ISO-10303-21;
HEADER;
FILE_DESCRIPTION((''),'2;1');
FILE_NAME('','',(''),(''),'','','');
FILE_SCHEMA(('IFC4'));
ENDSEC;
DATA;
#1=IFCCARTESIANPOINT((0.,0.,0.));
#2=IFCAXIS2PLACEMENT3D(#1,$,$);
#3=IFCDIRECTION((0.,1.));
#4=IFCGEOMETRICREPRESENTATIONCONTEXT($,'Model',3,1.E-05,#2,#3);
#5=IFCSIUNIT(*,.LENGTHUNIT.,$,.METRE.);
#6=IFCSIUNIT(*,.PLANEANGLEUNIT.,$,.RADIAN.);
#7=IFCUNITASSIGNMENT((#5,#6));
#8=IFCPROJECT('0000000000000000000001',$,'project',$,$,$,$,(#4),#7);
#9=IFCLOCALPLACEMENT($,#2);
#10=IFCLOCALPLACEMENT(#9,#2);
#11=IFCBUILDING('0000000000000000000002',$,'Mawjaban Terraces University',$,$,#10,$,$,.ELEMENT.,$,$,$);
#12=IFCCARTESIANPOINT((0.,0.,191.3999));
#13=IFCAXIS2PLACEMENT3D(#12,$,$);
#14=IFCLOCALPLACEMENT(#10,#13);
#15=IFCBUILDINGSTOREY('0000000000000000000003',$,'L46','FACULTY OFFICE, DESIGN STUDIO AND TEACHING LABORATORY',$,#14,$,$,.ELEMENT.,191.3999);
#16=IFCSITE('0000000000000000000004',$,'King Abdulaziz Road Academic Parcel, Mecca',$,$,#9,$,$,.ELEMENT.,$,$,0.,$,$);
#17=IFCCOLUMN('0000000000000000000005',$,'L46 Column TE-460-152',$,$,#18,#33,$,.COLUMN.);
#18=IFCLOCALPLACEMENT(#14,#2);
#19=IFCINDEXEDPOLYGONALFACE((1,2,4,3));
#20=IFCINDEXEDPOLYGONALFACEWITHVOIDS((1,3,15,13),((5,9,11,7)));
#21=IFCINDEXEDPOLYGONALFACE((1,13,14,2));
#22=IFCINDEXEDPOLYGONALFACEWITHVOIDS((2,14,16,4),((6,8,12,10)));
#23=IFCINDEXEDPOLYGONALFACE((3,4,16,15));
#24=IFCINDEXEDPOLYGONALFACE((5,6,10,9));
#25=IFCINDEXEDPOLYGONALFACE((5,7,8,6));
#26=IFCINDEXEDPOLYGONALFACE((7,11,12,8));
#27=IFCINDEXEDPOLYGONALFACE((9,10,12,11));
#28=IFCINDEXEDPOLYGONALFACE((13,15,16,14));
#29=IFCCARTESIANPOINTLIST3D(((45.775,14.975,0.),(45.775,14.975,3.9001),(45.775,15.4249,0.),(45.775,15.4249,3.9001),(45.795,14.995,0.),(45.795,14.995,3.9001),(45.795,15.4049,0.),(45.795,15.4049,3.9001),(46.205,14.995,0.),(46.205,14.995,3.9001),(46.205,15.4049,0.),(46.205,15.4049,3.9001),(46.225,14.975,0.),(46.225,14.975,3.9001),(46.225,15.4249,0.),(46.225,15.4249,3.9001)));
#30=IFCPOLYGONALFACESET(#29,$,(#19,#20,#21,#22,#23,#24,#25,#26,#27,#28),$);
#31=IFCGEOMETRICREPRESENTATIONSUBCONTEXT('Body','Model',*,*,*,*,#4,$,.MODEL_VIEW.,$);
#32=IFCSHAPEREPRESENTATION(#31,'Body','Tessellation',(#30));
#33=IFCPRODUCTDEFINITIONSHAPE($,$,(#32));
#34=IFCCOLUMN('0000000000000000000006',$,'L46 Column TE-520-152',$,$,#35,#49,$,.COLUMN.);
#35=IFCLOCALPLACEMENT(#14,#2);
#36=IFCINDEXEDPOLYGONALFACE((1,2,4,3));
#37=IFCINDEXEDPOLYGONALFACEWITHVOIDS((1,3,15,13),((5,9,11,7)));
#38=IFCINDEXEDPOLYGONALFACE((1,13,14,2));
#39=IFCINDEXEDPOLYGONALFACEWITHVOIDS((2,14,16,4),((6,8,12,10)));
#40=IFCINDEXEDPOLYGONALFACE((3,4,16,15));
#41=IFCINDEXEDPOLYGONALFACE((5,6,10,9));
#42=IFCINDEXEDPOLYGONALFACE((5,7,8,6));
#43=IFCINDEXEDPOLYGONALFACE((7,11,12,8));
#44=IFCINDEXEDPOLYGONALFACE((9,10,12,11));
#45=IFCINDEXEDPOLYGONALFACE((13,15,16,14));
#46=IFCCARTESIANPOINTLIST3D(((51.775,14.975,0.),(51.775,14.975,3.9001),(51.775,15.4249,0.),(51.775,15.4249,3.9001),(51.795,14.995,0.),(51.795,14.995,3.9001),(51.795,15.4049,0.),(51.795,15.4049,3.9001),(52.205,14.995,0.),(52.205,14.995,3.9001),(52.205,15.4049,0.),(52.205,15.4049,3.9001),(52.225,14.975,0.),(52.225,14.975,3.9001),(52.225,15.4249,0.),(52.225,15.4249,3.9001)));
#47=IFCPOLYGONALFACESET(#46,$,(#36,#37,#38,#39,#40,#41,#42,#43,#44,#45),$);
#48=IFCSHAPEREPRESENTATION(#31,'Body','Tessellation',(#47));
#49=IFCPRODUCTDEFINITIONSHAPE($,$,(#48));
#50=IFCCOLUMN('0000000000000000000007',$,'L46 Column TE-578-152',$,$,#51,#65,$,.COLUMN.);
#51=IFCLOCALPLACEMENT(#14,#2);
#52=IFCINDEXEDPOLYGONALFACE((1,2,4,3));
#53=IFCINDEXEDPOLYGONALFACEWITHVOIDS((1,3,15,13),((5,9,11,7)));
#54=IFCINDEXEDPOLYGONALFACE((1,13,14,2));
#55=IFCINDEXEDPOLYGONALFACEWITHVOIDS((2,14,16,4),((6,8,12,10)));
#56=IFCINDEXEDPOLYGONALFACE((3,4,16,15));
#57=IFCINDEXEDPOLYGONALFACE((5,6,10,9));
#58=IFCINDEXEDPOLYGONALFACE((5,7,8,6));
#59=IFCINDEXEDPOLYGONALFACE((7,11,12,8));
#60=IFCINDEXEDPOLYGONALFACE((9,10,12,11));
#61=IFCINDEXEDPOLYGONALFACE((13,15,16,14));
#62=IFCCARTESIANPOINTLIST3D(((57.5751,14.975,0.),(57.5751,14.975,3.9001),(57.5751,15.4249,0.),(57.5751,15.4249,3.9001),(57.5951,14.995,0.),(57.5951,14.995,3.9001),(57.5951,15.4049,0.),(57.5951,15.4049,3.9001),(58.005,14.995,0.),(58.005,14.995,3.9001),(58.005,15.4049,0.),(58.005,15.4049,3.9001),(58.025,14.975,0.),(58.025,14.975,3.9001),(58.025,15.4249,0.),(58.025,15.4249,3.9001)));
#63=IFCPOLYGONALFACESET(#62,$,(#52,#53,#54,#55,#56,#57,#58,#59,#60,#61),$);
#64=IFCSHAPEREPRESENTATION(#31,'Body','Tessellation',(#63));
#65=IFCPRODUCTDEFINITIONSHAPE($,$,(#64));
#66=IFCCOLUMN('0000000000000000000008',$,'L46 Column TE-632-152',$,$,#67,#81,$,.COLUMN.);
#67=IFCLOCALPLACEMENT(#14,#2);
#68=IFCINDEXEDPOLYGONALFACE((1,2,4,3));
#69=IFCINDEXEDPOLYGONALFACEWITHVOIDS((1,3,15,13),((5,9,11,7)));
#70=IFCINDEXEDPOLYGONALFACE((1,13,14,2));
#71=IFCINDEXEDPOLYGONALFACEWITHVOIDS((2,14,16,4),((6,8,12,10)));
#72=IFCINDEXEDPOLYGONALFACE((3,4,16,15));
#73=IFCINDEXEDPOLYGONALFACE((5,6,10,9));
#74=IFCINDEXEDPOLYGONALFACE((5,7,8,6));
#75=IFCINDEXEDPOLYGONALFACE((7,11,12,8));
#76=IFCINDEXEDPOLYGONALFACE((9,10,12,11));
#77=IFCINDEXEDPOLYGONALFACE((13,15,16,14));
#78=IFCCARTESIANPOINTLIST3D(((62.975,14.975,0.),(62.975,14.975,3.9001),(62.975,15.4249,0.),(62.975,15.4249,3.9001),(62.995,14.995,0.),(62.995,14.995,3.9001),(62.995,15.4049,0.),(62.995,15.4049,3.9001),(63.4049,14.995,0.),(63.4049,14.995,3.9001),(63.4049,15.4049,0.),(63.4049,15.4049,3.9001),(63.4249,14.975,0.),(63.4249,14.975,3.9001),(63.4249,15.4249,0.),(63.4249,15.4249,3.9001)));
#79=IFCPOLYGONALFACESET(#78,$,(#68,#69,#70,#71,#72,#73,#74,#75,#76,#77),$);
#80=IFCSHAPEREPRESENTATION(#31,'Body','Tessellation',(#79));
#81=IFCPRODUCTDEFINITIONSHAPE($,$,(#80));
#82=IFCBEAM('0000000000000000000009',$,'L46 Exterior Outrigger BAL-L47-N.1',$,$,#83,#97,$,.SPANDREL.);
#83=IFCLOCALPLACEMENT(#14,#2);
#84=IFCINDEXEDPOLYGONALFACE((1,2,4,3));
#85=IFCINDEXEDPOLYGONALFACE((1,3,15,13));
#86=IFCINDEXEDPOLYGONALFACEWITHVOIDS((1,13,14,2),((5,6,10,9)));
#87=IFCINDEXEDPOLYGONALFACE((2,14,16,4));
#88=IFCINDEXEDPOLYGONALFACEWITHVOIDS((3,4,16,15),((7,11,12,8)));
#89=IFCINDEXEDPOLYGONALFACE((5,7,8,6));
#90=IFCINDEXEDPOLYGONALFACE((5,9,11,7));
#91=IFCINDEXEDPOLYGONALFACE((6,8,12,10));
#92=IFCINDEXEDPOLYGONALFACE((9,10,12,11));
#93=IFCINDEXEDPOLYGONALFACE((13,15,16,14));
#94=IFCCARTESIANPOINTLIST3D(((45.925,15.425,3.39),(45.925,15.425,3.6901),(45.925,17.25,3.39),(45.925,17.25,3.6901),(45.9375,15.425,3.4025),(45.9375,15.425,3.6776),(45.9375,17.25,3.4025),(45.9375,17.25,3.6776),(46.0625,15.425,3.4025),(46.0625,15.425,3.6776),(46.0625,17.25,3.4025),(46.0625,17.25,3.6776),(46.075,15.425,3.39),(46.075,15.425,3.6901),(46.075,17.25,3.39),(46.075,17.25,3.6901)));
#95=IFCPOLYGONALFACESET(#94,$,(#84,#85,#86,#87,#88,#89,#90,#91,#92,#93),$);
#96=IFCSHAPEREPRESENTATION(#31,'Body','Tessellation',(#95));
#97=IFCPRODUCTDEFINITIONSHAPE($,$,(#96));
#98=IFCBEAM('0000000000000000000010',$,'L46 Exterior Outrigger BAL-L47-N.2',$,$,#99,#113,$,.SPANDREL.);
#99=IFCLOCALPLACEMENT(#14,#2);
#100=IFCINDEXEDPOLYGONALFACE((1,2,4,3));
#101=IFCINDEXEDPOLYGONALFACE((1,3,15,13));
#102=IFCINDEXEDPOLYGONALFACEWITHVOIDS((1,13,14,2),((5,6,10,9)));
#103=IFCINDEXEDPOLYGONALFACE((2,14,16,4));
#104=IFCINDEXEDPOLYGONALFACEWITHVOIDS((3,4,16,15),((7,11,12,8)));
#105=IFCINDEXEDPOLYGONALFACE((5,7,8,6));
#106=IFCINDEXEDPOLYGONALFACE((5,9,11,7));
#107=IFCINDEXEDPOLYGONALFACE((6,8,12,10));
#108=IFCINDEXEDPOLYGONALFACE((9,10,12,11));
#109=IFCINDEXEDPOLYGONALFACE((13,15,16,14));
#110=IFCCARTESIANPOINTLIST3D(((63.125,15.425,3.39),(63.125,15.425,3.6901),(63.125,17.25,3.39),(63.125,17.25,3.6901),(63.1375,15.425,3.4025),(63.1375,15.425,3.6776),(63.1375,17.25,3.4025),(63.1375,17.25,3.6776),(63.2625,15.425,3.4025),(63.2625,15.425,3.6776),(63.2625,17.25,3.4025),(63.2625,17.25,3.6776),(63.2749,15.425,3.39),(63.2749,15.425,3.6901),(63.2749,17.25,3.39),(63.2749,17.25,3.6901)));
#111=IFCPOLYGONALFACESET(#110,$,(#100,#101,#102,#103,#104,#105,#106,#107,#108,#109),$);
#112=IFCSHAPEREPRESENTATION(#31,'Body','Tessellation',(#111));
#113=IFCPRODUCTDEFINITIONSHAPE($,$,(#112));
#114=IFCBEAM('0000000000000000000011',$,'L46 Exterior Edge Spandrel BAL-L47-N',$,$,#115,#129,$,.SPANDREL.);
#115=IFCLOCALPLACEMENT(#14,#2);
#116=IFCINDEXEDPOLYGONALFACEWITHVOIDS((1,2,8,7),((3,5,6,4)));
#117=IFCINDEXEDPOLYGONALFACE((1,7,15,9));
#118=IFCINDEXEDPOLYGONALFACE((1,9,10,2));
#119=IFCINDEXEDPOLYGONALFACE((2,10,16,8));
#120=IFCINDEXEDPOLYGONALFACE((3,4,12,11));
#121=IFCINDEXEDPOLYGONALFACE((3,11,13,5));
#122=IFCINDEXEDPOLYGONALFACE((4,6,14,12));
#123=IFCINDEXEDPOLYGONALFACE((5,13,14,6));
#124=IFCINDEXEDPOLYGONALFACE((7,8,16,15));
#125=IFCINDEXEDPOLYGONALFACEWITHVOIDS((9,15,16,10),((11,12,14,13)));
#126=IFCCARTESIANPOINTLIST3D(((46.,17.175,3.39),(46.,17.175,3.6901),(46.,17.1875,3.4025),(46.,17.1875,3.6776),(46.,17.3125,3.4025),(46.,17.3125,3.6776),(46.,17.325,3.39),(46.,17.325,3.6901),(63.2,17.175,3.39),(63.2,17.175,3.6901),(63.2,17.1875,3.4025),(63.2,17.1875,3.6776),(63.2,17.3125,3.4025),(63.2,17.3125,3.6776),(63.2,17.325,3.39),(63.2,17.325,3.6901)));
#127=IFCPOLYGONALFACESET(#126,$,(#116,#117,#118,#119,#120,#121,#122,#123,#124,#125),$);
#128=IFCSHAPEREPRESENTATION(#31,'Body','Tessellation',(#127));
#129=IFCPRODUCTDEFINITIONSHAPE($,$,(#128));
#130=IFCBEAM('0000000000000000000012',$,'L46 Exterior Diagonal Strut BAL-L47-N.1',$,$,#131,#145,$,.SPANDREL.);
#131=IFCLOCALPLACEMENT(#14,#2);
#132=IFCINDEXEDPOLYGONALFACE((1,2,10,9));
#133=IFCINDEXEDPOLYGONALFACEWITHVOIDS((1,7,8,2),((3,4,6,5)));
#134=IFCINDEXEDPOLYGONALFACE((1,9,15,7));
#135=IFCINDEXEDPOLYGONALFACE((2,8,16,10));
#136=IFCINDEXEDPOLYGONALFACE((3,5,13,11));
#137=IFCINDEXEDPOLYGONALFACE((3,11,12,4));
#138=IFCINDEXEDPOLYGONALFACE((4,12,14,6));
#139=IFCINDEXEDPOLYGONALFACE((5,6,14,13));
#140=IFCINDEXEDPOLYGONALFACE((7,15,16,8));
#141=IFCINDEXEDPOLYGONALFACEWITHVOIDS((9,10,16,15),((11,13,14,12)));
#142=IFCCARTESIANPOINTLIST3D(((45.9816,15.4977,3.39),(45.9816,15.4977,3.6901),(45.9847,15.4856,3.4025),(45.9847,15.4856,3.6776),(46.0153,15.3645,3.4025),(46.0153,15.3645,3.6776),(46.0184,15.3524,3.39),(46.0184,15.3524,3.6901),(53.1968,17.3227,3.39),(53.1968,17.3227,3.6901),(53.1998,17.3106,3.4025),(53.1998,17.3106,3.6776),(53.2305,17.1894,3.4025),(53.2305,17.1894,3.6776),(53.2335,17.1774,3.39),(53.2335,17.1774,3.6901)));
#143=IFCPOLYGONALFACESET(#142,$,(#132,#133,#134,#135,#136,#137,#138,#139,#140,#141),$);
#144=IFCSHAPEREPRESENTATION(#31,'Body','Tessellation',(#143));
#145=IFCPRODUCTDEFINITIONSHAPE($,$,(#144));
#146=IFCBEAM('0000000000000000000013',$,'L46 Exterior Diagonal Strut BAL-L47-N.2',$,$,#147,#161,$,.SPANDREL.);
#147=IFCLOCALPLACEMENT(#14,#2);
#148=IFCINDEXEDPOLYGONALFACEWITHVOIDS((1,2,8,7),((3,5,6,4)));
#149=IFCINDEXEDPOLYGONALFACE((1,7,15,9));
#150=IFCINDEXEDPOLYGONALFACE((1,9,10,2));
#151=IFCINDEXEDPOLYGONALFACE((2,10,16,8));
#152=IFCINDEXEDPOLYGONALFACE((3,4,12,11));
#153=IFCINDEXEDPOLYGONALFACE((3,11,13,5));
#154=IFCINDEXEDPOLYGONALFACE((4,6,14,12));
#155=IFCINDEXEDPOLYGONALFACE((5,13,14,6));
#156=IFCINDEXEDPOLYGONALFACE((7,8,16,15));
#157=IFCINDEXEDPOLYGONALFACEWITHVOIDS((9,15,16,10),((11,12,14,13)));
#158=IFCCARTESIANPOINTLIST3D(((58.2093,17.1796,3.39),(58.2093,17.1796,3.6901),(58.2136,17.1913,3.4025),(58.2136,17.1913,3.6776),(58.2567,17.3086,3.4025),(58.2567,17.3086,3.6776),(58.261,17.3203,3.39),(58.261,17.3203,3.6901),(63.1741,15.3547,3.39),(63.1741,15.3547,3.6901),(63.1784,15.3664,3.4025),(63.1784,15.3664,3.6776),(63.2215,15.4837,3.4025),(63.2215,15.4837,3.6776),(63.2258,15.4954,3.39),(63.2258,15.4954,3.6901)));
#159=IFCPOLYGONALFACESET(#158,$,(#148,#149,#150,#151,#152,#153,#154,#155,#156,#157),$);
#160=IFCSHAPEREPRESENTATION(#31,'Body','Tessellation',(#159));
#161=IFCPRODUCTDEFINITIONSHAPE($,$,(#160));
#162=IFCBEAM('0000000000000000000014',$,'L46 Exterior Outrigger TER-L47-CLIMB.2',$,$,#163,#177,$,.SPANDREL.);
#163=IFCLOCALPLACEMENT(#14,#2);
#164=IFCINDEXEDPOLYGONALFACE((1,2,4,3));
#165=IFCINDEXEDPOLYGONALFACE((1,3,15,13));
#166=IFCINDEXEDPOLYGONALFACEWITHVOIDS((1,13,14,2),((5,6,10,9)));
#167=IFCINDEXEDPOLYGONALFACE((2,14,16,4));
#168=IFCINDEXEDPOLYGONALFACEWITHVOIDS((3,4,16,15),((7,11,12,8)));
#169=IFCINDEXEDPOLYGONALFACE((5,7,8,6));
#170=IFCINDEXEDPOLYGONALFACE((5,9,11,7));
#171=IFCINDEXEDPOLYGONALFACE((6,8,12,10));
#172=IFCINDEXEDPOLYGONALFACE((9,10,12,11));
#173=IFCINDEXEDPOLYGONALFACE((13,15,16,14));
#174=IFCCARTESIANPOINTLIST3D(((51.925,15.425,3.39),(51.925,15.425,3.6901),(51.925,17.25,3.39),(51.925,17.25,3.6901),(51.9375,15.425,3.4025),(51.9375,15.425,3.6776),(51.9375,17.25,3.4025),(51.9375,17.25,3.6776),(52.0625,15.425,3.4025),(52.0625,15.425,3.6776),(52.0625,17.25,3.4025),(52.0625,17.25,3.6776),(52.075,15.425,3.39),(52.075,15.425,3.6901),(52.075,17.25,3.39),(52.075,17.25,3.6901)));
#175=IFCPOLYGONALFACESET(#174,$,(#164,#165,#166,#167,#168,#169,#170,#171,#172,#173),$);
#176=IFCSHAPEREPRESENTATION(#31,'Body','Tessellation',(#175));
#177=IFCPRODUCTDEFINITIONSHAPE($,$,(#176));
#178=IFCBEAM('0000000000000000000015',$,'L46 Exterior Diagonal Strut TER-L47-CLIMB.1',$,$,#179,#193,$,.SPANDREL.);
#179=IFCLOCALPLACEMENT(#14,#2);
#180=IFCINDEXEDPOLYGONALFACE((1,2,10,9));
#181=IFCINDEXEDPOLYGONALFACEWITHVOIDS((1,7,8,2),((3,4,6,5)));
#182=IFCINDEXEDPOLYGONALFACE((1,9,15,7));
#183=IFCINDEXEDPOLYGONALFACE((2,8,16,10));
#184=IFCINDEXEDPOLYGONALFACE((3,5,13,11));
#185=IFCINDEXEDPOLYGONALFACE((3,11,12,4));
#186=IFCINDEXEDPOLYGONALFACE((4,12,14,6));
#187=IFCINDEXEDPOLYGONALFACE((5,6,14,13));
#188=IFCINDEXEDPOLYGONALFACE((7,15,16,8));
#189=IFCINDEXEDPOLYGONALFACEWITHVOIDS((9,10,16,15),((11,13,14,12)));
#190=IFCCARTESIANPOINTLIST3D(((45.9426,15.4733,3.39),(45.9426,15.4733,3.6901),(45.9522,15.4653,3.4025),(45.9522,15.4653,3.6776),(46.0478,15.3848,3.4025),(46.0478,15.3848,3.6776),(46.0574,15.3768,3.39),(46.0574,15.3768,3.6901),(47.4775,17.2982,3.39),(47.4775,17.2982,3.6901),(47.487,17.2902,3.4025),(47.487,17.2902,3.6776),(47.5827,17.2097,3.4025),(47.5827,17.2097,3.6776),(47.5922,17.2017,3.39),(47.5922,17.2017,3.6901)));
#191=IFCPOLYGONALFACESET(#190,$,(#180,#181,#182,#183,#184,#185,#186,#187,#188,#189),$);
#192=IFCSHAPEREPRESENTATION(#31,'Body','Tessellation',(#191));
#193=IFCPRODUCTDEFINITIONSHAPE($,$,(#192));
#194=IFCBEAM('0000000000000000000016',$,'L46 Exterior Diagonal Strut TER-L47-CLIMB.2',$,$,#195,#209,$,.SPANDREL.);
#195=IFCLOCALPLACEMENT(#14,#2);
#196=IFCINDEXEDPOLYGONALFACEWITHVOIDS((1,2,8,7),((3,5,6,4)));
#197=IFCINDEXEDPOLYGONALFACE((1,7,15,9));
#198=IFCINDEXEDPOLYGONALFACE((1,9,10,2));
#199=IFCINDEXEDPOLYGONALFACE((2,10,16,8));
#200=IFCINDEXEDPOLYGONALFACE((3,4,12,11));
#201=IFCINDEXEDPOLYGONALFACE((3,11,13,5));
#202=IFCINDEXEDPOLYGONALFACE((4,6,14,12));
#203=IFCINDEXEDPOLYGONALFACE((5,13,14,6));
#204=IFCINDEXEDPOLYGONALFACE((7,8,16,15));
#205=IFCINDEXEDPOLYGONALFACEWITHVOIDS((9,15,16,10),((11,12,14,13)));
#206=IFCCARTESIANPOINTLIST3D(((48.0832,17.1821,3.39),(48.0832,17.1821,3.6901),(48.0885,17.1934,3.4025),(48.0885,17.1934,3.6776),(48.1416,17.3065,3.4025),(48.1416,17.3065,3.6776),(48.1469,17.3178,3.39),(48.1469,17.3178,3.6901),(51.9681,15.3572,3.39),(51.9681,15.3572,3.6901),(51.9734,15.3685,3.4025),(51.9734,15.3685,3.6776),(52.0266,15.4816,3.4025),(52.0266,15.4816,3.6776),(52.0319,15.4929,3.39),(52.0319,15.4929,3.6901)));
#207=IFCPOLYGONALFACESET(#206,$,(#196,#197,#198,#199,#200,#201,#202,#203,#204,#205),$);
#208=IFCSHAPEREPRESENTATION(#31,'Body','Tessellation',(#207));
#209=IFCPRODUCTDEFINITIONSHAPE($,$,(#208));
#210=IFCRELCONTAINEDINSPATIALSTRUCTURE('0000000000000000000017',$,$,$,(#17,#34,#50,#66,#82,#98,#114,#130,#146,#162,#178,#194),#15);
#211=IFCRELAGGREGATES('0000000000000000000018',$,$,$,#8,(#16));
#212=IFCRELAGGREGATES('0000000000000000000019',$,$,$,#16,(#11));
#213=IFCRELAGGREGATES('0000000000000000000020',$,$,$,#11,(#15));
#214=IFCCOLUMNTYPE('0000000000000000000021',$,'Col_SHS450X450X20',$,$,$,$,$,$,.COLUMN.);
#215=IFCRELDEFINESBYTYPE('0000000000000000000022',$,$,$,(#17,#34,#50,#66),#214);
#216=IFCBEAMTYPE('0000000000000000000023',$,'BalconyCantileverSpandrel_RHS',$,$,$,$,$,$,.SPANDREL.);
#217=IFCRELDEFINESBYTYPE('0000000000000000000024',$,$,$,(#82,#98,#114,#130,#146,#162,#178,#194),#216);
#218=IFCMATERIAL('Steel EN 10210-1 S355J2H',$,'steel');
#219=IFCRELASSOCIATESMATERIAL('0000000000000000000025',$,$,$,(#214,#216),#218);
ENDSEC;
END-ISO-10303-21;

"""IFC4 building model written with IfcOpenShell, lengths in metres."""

from ifc_helpers import new_model, si_unit, direction, frame, origin, origin_2d, place, context, subcontext, project, spatial, hollow_rectangle, extrude, material, material_profile, profile_set, type_object, element, save


model = new_model("IFC4")

# Units and contexts
model_context = context("Model", 3, precision=1e-05, world=origin(), true_north=direction((0.0, 1.0)))
body_context = subcontext(model_context, "Body", "Model", "MODEL_VIEW")
ifc_project = project(units=[si_unit("LENGTHUNIT", "METRE"), si_unit("PLANEANGLEUNIT", "RADIAN")], contexts=[model_context])

# Site, building, storey
site_placement = place(None, origin())
site = spatial("IfcSite", under=ifc_project, at=site_placement, Name="King Abdulaziz Road Academic Parcel, Mecca", CompositionType="ELEMENT", RefElevation=0.0)
building_placement = place(site_placement, origin())
building = spatial("IfcBuilding", under=site, at=building_placement, Name="Mawjaban Terraces University", CompositionType="ELEMENT")
storey_placement = place(building_placement, frame((0.0, 0.0, 191.3999)))
storey = spatial("IfcBuildingStorey", under=building, at=storey_placement, Name="L46", Description="FACULTY OFFICE, DESIGN STUDIO AND TEACHING LABORATORY", CompositionType="ELEMENT", Elevation=191.3999)

# Columns
ifc_material_1 = material(Name="Steel EN 10210-1 S355J2H", Category="steel")
ifc_material_profile_1 = material_profile(ifc_material_1, hollow_rectangle(XDim=0.45, YDim=0.45, WallThickness=0.02, at=origin_2d()), Name="SHS450X450X20")
ifc_profile_set_1 = profile_set([ifc_material_profile_1], Name="Steel EN 10210-1 S355J2H")
column_type = type_object("IfcColumnType", Name="Col_SHS450X450X20", PredefinedType="COLUMN", material=ifc_profile_set_1)
for number, where, z_axis, x_axis, name in (
    (1, (46.0, 15.2, 0.0), (0.0, 0.0, 1.0), (1.0, 0.0, 0.0), "L46 Column TE-460-152"),
    (2, (52.0, 15.2, 0.0), (0.0, 0.0, 1.0), (1.0, 0.0, 0.0), "L46 Column TE-520-152"),
    (3, (57.8, 15.2, 0.0), (0.0, 0.0, 1.0), (1.0, 0.0, 0.0), "L46 Column TE-578-152"),
    (4, (63.2, 15.2, 0.0), (0.0, 0.0, 1.0), (1.0, 0.0, 0.0), "L46 Column TE-632-152"),
):
    element("IfcColumn", number, at=place(storey_placement, frame(where, z_axis=z_axis, x_axis=x_axis)), inside=storey, type_object=column_type, Name=name, PredefinedType="COLUMN", context=body_context, shape_type="SweptSolid", body=[
        extrude(hollow_rectangle(XDim=0.45, YDim=0.45, WallThickness=0.02, at=origin_2d()), origin(), (0.0, 0.0, 1.0), 3.9001),
    ])

# Beams
ifc_material_profile_2 = material_profile(ifc_material_1, hollow_rectangle(XDim=0.1499, YDim=0.3, WallThickness=0.0125, at=origin_2d()), Name="RHS300X150X12.5")
ifc_profile_set_2 = profile_set([ifc_material_profile_2], Name="Steel EN 10210-1 S355J2H")
beam_type_1 = type_object("IfcBeamType", Name="BalconyCantileverSpandrel_RHS", PredefinedType="SPANDREL", material=ifc_profile_set_2)
for number, where, z_axis, x_axis, name in (
    (5, (46.0, 15.425, 3.54), (0.0, 1.0, 0.0), (-1.0, 0.0, 0.0), "L46 Exterior Outrigger BAL-L47-N.1"),
    (6, (63.2, 15.425, 3.54), (0.0, 1.0, 0.0), (-1.0, 0.0, 0.0), "L46 Exterior Outrigger BAL-L47-N.2"),
):
    element("IfcBeam", number, at=place(storey_placement, frame(where, z_axis=z_axis, x_axis=x_axis)), inside=storey, type_object=beam_type_1, Name=name, PredefinedType="SPANDREL", context=body_context, shape_type="SweptSolid", body=[
        extrude(hollow_rectangle(XDim=0.1499, YDim=0.3, WallThickness=0.0125, at=origin_2d()), origin(), (0.0, 0.0, 1.0), 1.825),
    ])
beam_1_placement = place(storey_placement, frame((46.0, 17.25, 3.54), z_axis=(1.0, 0.0, 0.0), x_axis=(0.0, 1.0, 0.0)))
element("IfcBeam", 7, at=beam_1_placement, inside=storey, type_object=beam_type_1, Name="L46 Exterior Edge Spandrel BAL-L47-N", PredefinedType="SPANDREL", context=body_context, shape_type="SweptSolid", body=[
    extrude(hollow_rectangle(XDim=0.1499, YDim=0.3, WallThickness=0.0125, at=origin_2d()), origin(), (0.0, 0.0, 1.0), 17.2),
])
beam_2_placement = place(storey_placement, frame((46.0, 15.425, 3.54), z_axis=(0.969469, 0.245213, 0.0), x_axis=(-0.245213, 0.969469, 0.0)))
element("IfcBeam", 8, at=beam_2_placement, inside=storey, type_object=beam_type_1, Name="L46 Exterior Diagonal Strut BAL-L47-N.1", PredefinedType="SPANDREL", context=body_context, shape_type="SweptSolid", body=[
    extrude(hollow_rectangle(XDim=0.1499, YDim=0.3, WallThickness=0.0125, at=origin_2d()), origin(), (0.0, 0.0, 1.0), 7.4424),
])
beam_3_placement = place(storey_placement, frame((63.2, 15.425, 3.54), z_axis=(-0.938601, 0.345006, 0.0), x_axis=(-0.345006, -0.938601, 0.0)))
element("IfcBeam", 9, at=beam_3_placement, inside=storey, type_object=beam_type_1, Name="L46 Exterior Diagonal Strut BAL-L47-N.2", PredefinedType="SPANDREL", context=body_context, shape_type="SweptSolid", body=[
    extrude(hollow_rectangle(XDim=0.1499, YDim=0.3, WallThickness=0.0125, at=origin_2d()), origin(), (0.0, 0.0, 1.0), 5.2896),
])
beam_4_placement = place(storey_placement, frame((52.0, 15.425, 3.54), z_axis=(0.0, 1.0, 0.0), x_axis=(-1.0, 0.0, 0.0)))
element("IfcBeam", 10, at=beam_4_placement, inside=storey, type_object=beam_type_1, Name="L46 Exterior Outrigger TER-L47-CLIMB.2", PredefinedType="SPANDREL", context=body_context, shape_type="SweptSolid", body=[
    extrude(hollow_rectangle(XDim=0.1499, YDim=0.3, WallThickness=0.0125, at=origin_2d()), origin(), (0.0, 0.0, 1.0), 1.825),
])
beam_5_placement = place(storey_placement, frame((46.0, 15.425, 3.54), z_axis=(0.643672, 0.765301, 0.0), x_axis=(-0.765301, 0.643672, 0.0)))
element("IfcBeam", 11, at=beam_5_placement, inside=storey, type_object=beam_type_1, Name="L46 Exterior Diagonal Strut TER-L47-CLIMB.1", PredefinedType="SPANDREL", context=body_context, shape_type="SweptSolid", body=[
    extrude(hollow_rectangle(XDim=0.1499, YDim=0.3, WallThickness=0.0125, at=origin_2d()), origin(), (0.0, 0.0, 1.0), 2.3845),
])
beam_6_placement = place(storey_placement, frame((52.0, 15.425, 3.54), z_axis=(-0.905114, 0.42517, 0.0), x_axis=(-0.42517, -0.905114, 0.0)))
element("IfcBeam", 12, at=beam_6_placement, inside=storey, type_object=beam_type_1, Name="L46 Exterior Diagonal Strut TER-L47-CLIMB.2", PredefinedType="SPANDREL", context=body_context, shape_type="SweptSolid", body=[
    extrude(hollow_rectangle(XDim=0.1499, YDim=0.3, WallThickness=0.0125, at=origin_2d()), origin(), (0.0, 0.0, 1.0), 4.2922),
])

save(model, "model.ifc")
